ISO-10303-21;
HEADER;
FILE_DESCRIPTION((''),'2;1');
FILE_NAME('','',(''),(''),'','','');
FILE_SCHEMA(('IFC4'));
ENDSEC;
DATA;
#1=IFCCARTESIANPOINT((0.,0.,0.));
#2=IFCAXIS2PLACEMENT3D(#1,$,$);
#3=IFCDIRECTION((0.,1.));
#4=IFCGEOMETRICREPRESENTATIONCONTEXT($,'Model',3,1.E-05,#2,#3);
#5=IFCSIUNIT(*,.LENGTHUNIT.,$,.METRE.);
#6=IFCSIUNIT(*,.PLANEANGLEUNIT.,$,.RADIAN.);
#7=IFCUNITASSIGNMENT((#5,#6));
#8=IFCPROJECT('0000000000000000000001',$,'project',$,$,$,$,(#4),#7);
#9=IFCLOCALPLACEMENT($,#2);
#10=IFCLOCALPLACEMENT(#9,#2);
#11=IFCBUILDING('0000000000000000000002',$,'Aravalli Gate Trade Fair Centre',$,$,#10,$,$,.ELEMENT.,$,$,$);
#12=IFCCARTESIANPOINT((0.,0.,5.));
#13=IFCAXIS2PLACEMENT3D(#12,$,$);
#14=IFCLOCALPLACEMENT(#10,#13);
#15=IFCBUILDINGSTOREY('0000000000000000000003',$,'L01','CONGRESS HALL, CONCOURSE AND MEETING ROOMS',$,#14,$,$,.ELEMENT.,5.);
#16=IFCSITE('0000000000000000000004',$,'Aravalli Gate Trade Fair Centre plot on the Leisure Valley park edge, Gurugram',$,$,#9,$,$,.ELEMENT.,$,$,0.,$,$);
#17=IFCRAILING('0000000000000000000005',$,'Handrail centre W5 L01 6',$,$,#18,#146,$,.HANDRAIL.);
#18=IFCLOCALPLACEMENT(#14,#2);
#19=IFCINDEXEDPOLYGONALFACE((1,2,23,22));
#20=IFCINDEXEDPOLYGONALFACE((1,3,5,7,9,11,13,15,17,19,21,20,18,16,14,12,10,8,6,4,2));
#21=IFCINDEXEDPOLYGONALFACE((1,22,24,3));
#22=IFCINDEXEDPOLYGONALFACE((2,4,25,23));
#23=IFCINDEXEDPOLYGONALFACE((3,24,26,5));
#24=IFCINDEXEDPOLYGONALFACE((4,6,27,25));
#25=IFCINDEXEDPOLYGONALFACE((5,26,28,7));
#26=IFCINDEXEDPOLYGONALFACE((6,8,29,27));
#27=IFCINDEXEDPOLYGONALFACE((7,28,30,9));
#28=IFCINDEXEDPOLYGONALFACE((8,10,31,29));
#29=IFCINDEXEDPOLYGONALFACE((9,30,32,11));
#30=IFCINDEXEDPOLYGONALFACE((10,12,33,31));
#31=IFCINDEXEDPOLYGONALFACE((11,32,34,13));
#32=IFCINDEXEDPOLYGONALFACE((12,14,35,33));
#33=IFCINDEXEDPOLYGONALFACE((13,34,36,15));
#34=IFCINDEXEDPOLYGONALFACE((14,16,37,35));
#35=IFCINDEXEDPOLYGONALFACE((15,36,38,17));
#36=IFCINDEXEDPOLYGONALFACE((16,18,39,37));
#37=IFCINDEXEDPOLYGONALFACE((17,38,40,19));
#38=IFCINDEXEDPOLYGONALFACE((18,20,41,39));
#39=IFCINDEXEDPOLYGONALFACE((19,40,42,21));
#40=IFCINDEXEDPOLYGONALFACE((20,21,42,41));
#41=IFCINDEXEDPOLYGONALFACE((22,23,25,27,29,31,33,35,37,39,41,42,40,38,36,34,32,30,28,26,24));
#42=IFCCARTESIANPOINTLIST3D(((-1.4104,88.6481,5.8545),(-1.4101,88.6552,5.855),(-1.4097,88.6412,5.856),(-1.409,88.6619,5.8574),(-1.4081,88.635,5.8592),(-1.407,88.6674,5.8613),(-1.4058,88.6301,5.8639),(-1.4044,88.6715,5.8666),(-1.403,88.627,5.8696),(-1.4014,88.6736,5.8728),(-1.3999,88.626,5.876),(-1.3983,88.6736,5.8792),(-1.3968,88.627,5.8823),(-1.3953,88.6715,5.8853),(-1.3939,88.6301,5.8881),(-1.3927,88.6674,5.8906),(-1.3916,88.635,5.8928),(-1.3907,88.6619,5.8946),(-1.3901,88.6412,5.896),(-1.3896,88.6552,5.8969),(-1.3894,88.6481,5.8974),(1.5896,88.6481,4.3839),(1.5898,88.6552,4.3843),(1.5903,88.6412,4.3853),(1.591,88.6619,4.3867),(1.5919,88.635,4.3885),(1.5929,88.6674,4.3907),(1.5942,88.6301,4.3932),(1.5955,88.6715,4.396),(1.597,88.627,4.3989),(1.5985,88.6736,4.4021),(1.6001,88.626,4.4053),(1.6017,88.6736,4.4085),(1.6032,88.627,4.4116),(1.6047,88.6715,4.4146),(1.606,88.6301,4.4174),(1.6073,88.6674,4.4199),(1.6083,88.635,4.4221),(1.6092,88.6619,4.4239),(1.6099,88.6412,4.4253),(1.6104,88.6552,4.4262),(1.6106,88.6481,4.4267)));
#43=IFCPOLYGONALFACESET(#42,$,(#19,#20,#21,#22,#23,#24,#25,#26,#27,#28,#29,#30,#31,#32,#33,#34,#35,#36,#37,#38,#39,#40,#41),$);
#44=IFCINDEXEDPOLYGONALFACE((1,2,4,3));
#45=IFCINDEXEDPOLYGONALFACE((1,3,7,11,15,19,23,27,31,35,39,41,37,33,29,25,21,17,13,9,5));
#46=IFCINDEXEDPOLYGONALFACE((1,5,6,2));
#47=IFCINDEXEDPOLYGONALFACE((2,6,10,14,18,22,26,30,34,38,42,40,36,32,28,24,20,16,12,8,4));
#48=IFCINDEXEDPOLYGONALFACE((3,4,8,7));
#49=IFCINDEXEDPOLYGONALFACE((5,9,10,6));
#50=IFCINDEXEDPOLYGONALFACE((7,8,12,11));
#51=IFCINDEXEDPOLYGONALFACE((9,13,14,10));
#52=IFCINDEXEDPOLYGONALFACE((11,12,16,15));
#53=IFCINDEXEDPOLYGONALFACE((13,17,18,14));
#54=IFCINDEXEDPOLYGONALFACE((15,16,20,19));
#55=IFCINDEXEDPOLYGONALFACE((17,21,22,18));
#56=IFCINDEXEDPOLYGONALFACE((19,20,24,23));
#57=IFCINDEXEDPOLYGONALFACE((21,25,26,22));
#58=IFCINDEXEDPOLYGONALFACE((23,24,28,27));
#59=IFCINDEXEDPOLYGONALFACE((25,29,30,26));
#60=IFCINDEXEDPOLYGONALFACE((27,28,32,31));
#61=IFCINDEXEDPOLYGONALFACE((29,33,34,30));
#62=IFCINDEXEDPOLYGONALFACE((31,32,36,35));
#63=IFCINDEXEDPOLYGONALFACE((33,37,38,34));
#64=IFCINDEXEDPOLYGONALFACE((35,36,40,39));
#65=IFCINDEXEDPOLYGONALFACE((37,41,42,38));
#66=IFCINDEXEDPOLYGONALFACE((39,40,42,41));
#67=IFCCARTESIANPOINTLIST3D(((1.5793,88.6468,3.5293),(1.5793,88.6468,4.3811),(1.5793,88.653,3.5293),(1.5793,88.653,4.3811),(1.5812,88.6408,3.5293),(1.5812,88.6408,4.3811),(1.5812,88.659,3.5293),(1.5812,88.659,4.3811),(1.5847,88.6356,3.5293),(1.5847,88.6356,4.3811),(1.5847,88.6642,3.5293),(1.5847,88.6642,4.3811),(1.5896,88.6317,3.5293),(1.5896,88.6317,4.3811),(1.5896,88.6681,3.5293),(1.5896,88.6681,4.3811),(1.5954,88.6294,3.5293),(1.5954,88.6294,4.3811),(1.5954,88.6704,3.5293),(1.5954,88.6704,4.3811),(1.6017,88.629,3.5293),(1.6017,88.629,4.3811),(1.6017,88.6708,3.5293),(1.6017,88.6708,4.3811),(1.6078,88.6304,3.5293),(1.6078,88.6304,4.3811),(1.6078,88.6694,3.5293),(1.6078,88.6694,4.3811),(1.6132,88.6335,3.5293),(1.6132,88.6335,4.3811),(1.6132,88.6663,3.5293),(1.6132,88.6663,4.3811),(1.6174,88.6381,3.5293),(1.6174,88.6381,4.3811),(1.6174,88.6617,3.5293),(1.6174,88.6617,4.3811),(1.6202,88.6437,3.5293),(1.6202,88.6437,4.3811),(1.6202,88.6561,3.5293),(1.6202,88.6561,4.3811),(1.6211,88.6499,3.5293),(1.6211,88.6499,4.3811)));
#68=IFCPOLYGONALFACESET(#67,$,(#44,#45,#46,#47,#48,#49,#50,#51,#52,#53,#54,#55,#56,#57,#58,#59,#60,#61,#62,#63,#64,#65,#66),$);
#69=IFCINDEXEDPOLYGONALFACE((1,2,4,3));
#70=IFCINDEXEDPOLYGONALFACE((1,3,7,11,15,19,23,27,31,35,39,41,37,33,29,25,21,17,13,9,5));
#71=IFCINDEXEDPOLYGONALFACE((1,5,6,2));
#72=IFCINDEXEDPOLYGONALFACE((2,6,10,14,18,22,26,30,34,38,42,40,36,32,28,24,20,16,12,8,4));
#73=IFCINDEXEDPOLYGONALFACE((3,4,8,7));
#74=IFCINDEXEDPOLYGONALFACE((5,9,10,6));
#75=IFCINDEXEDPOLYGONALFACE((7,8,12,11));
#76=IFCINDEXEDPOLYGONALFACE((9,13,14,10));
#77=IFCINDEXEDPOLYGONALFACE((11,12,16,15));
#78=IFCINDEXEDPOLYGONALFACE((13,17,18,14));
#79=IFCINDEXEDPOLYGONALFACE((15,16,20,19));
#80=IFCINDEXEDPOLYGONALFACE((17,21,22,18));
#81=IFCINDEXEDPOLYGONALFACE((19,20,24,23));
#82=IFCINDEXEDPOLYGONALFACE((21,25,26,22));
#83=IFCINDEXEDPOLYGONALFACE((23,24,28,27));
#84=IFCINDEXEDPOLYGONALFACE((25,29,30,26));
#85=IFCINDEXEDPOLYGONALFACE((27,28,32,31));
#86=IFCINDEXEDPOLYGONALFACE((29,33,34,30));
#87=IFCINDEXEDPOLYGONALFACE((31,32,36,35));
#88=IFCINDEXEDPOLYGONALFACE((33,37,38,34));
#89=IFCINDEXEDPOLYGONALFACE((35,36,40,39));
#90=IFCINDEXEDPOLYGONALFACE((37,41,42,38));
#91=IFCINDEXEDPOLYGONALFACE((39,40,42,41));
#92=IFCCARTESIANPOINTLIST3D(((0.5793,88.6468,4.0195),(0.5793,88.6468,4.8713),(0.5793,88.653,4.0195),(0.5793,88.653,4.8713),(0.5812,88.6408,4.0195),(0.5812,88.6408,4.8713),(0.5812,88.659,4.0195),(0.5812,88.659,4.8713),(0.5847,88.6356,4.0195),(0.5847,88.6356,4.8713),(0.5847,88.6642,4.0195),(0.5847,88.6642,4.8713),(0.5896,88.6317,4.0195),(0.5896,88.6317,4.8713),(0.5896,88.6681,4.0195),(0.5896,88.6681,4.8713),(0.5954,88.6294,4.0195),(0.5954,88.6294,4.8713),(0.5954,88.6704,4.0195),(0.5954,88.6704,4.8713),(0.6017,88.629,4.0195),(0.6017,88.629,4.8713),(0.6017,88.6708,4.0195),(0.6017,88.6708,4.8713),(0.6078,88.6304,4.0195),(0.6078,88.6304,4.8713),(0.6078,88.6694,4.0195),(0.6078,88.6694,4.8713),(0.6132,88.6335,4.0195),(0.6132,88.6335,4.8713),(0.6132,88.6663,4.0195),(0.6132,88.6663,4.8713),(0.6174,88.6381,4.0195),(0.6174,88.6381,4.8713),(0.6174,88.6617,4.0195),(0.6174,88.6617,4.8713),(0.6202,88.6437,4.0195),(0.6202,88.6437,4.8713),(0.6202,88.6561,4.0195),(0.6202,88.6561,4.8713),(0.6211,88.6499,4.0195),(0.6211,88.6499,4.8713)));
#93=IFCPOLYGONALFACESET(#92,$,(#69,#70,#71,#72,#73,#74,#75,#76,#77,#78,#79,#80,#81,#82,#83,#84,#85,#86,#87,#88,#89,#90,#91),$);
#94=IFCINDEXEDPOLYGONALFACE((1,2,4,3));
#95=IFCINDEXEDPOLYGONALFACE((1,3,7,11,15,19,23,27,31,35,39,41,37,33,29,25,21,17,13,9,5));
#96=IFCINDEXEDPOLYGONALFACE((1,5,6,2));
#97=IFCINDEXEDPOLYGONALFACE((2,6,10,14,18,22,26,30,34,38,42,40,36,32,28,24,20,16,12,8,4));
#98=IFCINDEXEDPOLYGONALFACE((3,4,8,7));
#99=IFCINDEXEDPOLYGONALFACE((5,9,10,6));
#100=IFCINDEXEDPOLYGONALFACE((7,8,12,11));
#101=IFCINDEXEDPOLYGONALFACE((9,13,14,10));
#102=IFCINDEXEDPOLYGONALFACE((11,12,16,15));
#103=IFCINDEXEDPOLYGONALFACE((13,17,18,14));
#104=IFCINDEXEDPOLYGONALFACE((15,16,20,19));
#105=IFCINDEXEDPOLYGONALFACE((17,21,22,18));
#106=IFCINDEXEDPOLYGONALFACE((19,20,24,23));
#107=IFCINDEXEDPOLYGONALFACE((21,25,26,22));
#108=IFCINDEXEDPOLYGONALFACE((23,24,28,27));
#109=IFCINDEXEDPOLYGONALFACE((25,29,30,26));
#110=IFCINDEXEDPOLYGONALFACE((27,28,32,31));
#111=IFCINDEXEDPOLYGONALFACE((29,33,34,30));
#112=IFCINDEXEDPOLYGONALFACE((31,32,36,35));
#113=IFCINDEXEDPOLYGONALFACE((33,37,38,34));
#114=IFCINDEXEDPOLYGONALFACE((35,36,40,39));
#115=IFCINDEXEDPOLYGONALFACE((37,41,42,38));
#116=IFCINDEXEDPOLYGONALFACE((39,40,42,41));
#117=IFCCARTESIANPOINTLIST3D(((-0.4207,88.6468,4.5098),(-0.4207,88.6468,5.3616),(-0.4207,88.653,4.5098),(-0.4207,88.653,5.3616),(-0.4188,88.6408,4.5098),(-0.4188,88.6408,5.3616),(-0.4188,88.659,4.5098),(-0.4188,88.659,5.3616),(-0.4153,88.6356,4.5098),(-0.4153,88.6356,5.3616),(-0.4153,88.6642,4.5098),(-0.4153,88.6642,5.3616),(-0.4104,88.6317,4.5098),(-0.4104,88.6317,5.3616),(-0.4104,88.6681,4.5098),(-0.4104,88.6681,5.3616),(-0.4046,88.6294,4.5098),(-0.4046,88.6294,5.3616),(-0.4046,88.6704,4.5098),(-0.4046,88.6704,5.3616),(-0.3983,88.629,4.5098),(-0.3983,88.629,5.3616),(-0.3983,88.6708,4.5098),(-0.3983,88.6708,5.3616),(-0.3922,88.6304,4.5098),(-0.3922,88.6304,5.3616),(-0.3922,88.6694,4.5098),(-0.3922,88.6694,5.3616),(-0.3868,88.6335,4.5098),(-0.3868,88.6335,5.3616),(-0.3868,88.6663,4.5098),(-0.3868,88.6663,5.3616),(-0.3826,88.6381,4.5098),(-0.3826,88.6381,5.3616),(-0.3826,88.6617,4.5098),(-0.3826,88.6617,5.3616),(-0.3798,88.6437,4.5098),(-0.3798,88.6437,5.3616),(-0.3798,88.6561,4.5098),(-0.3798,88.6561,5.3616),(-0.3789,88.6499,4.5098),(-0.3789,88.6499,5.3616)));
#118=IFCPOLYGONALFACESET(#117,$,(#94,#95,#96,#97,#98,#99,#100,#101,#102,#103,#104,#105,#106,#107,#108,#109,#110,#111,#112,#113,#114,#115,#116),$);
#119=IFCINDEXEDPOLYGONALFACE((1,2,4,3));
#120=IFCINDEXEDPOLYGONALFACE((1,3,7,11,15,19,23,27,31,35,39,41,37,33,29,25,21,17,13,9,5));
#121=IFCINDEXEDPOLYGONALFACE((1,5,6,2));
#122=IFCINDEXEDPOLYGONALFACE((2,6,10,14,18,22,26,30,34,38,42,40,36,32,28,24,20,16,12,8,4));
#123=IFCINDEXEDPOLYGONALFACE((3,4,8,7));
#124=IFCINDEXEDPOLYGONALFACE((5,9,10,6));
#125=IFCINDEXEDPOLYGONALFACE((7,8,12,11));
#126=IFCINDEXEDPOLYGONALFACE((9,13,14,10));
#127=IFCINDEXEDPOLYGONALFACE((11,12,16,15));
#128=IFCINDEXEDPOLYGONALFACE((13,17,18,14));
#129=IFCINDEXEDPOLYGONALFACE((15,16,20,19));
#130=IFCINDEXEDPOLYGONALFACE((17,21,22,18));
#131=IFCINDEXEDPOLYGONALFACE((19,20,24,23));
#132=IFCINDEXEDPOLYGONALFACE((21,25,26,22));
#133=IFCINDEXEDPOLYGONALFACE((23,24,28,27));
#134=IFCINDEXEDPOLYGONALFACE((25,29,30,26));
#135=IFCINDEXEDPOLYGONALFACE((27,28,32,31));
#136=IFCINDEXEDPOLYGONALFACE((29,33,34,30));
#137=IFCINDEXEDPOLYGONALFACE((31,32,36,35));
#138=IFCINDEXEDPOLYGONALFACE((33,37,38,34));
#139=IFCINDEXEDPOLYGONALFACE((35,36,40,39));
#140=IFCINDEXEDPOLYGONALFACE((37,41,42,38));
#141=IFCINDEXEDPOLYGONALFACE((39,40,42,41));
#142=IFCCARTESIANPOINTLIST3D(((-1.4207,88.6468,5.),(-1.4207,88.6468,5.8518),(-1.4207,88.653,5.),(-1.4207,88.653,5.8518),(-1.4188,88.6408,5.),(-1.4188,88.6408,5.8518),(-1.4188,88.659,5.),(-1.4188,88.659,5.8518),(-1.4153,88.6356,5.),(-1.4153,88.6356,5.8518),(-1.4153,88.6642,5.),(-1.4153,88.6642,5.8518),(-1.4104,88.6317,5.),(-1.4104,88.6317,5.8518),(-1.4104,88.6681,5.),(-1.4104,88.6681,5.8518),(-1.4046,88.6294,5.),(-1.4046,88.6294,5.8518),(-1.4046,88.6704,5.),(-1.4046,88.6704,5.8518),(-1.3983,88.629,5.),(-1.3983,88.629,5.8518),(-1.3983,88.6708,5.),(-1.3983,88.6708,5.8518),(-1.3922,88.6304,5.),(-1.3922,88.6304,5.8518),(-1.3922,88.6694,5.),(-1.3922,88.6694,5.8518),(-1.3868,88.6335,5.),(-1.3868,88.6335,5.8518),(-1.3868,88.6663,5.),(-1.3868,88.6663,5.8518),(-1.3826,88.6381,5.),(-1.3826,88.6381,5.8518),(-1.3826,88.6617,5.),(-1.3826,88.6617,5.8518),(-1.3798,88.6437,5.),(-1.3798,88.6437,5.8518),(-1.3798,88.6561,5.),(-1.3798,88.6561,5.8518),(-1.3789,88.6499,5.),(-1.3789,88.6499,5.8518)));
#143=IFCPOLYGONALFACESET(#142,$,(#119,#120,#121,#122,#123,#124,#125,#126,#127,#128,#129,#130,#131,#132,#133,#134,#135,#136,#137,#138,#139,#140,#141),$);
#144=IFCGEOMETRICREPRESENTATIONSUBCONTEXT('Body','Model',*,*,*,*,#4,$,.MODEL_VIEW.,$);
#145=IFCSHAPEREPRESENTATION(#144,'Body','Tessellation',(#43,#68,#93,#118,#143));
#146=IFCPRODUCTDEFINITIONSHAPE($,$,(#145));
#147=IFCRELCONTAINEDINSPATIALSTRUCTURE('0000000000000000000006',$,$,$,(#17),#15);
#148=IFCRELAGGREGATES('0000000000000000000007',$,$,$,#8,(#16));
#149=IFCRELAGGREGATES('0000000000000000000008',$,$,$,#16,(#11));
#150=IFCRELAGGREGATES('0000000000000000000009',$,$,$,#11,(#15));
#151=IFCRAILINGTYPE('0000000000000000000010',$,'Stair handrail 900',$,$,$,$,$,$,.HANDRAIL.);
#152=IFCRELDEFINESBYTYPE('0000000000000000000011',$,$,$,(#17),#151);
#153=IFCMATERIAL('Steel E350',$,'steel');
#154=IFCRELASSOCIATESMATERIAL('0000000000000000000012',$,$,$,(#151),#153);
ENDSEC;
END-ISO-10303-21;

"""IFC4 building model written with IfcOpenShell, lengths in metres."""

from ifc_helpers import new_model, si_unit, direction, frame, origin, origin_2d, place, context, subcontext, project, spatial, circle, extrude, material, type_object, element, save


model = new_model("IFC4")

# Units and contexts
model_context = context("Model", 3, precision=1e-05, world=origin(), true_north=direction((0.0, 1.0)))
body_context = subcontext(model_context, "Body", "Model", "MODEL_VIEW")
ifc_project = project(units=[si_unit("LENGTHUNIT", "METRE"), si_unit("PLANEANGLEUNIT", "RADIAN")], contexts=[model_context])

# Site, building, storey
site_placement = place(None, origin())
site = spatial("IfcSite", under=ifc_project, at=site_placement, Name="Aravalli Gate Trade Fair Centre plot on the Leisure Valley park edge, Gurugram", CompositionType="ELEMENT", RefElevation=0.0)
building_placement = place(site_placement, origin())
building = spatial("IfcBuilding", under=site, at=building_placement, Name="Aravalli Gate Trade Fair Centre", CompositionType="ELEMENT")
storey_placement = place(building_placement, frame((0.0, 0.0, 5.0)))
storey = spatial("IfcBuildingStorey", under=building, at=storey_placement, Name="L01", Description="CONGRESS HALL, CONCOURSE AND MEETING ROOMS", CompositionType="ELEMENT", Elevation=5.0)

# Railing
ifc_material_1 = material(Name="Steel E350", Category="steel")
railing_type = type_object("IfcRailingType", Name="Stair handrail 900", PredefinedType="HANDRAIL", material=ifc_material_1)
for number, where, name in (
    (1, (1.6001, 88.6499, 3.5293), "Handrail centre W5 L01 6"),
):
    element("IfcRailing", number, at=place(storey_placement, frame(where)), inside=storey, type_object=railing_type, Name=name, PredefinedType="HANDRAIL", context=body_context, shape_type="SweptSolid", body=[
        extrude(circle(Radius=0.0239, at=origin_2d()), frame((0.0, 0.0, 0.876), z_axis=(-0.897907, 0.0, 0.440185), x_axis=(0.0, -1.0, 0.0)), (0.0, 0.0, 1.0), 3.3411),
        extrude(circle(Radius=0.021, at=origin_2d()), origin(), (0.0, 0.0, 1.0), 0.8518),
        extrude(circle(Radius=0.021, at=origin_2d()), frame((-1.0, 0.0, 0.4902)), (0.0, 0.0, 1.0), 0.8518),
        extrude(circle(Radius=0.021, at=origin_2d()), frame((-2.0, 0.0, 0.9805)), (0.0, 0.0, 1.0), 0.8518),
        extrude(circle(Radius=0.021, at=origin_2d()), frame((-3.0, 0.0, 1.4707)), (0.0, 0.0, 1.0), 0.8518),
    ])

save(model, "model.ifc")
